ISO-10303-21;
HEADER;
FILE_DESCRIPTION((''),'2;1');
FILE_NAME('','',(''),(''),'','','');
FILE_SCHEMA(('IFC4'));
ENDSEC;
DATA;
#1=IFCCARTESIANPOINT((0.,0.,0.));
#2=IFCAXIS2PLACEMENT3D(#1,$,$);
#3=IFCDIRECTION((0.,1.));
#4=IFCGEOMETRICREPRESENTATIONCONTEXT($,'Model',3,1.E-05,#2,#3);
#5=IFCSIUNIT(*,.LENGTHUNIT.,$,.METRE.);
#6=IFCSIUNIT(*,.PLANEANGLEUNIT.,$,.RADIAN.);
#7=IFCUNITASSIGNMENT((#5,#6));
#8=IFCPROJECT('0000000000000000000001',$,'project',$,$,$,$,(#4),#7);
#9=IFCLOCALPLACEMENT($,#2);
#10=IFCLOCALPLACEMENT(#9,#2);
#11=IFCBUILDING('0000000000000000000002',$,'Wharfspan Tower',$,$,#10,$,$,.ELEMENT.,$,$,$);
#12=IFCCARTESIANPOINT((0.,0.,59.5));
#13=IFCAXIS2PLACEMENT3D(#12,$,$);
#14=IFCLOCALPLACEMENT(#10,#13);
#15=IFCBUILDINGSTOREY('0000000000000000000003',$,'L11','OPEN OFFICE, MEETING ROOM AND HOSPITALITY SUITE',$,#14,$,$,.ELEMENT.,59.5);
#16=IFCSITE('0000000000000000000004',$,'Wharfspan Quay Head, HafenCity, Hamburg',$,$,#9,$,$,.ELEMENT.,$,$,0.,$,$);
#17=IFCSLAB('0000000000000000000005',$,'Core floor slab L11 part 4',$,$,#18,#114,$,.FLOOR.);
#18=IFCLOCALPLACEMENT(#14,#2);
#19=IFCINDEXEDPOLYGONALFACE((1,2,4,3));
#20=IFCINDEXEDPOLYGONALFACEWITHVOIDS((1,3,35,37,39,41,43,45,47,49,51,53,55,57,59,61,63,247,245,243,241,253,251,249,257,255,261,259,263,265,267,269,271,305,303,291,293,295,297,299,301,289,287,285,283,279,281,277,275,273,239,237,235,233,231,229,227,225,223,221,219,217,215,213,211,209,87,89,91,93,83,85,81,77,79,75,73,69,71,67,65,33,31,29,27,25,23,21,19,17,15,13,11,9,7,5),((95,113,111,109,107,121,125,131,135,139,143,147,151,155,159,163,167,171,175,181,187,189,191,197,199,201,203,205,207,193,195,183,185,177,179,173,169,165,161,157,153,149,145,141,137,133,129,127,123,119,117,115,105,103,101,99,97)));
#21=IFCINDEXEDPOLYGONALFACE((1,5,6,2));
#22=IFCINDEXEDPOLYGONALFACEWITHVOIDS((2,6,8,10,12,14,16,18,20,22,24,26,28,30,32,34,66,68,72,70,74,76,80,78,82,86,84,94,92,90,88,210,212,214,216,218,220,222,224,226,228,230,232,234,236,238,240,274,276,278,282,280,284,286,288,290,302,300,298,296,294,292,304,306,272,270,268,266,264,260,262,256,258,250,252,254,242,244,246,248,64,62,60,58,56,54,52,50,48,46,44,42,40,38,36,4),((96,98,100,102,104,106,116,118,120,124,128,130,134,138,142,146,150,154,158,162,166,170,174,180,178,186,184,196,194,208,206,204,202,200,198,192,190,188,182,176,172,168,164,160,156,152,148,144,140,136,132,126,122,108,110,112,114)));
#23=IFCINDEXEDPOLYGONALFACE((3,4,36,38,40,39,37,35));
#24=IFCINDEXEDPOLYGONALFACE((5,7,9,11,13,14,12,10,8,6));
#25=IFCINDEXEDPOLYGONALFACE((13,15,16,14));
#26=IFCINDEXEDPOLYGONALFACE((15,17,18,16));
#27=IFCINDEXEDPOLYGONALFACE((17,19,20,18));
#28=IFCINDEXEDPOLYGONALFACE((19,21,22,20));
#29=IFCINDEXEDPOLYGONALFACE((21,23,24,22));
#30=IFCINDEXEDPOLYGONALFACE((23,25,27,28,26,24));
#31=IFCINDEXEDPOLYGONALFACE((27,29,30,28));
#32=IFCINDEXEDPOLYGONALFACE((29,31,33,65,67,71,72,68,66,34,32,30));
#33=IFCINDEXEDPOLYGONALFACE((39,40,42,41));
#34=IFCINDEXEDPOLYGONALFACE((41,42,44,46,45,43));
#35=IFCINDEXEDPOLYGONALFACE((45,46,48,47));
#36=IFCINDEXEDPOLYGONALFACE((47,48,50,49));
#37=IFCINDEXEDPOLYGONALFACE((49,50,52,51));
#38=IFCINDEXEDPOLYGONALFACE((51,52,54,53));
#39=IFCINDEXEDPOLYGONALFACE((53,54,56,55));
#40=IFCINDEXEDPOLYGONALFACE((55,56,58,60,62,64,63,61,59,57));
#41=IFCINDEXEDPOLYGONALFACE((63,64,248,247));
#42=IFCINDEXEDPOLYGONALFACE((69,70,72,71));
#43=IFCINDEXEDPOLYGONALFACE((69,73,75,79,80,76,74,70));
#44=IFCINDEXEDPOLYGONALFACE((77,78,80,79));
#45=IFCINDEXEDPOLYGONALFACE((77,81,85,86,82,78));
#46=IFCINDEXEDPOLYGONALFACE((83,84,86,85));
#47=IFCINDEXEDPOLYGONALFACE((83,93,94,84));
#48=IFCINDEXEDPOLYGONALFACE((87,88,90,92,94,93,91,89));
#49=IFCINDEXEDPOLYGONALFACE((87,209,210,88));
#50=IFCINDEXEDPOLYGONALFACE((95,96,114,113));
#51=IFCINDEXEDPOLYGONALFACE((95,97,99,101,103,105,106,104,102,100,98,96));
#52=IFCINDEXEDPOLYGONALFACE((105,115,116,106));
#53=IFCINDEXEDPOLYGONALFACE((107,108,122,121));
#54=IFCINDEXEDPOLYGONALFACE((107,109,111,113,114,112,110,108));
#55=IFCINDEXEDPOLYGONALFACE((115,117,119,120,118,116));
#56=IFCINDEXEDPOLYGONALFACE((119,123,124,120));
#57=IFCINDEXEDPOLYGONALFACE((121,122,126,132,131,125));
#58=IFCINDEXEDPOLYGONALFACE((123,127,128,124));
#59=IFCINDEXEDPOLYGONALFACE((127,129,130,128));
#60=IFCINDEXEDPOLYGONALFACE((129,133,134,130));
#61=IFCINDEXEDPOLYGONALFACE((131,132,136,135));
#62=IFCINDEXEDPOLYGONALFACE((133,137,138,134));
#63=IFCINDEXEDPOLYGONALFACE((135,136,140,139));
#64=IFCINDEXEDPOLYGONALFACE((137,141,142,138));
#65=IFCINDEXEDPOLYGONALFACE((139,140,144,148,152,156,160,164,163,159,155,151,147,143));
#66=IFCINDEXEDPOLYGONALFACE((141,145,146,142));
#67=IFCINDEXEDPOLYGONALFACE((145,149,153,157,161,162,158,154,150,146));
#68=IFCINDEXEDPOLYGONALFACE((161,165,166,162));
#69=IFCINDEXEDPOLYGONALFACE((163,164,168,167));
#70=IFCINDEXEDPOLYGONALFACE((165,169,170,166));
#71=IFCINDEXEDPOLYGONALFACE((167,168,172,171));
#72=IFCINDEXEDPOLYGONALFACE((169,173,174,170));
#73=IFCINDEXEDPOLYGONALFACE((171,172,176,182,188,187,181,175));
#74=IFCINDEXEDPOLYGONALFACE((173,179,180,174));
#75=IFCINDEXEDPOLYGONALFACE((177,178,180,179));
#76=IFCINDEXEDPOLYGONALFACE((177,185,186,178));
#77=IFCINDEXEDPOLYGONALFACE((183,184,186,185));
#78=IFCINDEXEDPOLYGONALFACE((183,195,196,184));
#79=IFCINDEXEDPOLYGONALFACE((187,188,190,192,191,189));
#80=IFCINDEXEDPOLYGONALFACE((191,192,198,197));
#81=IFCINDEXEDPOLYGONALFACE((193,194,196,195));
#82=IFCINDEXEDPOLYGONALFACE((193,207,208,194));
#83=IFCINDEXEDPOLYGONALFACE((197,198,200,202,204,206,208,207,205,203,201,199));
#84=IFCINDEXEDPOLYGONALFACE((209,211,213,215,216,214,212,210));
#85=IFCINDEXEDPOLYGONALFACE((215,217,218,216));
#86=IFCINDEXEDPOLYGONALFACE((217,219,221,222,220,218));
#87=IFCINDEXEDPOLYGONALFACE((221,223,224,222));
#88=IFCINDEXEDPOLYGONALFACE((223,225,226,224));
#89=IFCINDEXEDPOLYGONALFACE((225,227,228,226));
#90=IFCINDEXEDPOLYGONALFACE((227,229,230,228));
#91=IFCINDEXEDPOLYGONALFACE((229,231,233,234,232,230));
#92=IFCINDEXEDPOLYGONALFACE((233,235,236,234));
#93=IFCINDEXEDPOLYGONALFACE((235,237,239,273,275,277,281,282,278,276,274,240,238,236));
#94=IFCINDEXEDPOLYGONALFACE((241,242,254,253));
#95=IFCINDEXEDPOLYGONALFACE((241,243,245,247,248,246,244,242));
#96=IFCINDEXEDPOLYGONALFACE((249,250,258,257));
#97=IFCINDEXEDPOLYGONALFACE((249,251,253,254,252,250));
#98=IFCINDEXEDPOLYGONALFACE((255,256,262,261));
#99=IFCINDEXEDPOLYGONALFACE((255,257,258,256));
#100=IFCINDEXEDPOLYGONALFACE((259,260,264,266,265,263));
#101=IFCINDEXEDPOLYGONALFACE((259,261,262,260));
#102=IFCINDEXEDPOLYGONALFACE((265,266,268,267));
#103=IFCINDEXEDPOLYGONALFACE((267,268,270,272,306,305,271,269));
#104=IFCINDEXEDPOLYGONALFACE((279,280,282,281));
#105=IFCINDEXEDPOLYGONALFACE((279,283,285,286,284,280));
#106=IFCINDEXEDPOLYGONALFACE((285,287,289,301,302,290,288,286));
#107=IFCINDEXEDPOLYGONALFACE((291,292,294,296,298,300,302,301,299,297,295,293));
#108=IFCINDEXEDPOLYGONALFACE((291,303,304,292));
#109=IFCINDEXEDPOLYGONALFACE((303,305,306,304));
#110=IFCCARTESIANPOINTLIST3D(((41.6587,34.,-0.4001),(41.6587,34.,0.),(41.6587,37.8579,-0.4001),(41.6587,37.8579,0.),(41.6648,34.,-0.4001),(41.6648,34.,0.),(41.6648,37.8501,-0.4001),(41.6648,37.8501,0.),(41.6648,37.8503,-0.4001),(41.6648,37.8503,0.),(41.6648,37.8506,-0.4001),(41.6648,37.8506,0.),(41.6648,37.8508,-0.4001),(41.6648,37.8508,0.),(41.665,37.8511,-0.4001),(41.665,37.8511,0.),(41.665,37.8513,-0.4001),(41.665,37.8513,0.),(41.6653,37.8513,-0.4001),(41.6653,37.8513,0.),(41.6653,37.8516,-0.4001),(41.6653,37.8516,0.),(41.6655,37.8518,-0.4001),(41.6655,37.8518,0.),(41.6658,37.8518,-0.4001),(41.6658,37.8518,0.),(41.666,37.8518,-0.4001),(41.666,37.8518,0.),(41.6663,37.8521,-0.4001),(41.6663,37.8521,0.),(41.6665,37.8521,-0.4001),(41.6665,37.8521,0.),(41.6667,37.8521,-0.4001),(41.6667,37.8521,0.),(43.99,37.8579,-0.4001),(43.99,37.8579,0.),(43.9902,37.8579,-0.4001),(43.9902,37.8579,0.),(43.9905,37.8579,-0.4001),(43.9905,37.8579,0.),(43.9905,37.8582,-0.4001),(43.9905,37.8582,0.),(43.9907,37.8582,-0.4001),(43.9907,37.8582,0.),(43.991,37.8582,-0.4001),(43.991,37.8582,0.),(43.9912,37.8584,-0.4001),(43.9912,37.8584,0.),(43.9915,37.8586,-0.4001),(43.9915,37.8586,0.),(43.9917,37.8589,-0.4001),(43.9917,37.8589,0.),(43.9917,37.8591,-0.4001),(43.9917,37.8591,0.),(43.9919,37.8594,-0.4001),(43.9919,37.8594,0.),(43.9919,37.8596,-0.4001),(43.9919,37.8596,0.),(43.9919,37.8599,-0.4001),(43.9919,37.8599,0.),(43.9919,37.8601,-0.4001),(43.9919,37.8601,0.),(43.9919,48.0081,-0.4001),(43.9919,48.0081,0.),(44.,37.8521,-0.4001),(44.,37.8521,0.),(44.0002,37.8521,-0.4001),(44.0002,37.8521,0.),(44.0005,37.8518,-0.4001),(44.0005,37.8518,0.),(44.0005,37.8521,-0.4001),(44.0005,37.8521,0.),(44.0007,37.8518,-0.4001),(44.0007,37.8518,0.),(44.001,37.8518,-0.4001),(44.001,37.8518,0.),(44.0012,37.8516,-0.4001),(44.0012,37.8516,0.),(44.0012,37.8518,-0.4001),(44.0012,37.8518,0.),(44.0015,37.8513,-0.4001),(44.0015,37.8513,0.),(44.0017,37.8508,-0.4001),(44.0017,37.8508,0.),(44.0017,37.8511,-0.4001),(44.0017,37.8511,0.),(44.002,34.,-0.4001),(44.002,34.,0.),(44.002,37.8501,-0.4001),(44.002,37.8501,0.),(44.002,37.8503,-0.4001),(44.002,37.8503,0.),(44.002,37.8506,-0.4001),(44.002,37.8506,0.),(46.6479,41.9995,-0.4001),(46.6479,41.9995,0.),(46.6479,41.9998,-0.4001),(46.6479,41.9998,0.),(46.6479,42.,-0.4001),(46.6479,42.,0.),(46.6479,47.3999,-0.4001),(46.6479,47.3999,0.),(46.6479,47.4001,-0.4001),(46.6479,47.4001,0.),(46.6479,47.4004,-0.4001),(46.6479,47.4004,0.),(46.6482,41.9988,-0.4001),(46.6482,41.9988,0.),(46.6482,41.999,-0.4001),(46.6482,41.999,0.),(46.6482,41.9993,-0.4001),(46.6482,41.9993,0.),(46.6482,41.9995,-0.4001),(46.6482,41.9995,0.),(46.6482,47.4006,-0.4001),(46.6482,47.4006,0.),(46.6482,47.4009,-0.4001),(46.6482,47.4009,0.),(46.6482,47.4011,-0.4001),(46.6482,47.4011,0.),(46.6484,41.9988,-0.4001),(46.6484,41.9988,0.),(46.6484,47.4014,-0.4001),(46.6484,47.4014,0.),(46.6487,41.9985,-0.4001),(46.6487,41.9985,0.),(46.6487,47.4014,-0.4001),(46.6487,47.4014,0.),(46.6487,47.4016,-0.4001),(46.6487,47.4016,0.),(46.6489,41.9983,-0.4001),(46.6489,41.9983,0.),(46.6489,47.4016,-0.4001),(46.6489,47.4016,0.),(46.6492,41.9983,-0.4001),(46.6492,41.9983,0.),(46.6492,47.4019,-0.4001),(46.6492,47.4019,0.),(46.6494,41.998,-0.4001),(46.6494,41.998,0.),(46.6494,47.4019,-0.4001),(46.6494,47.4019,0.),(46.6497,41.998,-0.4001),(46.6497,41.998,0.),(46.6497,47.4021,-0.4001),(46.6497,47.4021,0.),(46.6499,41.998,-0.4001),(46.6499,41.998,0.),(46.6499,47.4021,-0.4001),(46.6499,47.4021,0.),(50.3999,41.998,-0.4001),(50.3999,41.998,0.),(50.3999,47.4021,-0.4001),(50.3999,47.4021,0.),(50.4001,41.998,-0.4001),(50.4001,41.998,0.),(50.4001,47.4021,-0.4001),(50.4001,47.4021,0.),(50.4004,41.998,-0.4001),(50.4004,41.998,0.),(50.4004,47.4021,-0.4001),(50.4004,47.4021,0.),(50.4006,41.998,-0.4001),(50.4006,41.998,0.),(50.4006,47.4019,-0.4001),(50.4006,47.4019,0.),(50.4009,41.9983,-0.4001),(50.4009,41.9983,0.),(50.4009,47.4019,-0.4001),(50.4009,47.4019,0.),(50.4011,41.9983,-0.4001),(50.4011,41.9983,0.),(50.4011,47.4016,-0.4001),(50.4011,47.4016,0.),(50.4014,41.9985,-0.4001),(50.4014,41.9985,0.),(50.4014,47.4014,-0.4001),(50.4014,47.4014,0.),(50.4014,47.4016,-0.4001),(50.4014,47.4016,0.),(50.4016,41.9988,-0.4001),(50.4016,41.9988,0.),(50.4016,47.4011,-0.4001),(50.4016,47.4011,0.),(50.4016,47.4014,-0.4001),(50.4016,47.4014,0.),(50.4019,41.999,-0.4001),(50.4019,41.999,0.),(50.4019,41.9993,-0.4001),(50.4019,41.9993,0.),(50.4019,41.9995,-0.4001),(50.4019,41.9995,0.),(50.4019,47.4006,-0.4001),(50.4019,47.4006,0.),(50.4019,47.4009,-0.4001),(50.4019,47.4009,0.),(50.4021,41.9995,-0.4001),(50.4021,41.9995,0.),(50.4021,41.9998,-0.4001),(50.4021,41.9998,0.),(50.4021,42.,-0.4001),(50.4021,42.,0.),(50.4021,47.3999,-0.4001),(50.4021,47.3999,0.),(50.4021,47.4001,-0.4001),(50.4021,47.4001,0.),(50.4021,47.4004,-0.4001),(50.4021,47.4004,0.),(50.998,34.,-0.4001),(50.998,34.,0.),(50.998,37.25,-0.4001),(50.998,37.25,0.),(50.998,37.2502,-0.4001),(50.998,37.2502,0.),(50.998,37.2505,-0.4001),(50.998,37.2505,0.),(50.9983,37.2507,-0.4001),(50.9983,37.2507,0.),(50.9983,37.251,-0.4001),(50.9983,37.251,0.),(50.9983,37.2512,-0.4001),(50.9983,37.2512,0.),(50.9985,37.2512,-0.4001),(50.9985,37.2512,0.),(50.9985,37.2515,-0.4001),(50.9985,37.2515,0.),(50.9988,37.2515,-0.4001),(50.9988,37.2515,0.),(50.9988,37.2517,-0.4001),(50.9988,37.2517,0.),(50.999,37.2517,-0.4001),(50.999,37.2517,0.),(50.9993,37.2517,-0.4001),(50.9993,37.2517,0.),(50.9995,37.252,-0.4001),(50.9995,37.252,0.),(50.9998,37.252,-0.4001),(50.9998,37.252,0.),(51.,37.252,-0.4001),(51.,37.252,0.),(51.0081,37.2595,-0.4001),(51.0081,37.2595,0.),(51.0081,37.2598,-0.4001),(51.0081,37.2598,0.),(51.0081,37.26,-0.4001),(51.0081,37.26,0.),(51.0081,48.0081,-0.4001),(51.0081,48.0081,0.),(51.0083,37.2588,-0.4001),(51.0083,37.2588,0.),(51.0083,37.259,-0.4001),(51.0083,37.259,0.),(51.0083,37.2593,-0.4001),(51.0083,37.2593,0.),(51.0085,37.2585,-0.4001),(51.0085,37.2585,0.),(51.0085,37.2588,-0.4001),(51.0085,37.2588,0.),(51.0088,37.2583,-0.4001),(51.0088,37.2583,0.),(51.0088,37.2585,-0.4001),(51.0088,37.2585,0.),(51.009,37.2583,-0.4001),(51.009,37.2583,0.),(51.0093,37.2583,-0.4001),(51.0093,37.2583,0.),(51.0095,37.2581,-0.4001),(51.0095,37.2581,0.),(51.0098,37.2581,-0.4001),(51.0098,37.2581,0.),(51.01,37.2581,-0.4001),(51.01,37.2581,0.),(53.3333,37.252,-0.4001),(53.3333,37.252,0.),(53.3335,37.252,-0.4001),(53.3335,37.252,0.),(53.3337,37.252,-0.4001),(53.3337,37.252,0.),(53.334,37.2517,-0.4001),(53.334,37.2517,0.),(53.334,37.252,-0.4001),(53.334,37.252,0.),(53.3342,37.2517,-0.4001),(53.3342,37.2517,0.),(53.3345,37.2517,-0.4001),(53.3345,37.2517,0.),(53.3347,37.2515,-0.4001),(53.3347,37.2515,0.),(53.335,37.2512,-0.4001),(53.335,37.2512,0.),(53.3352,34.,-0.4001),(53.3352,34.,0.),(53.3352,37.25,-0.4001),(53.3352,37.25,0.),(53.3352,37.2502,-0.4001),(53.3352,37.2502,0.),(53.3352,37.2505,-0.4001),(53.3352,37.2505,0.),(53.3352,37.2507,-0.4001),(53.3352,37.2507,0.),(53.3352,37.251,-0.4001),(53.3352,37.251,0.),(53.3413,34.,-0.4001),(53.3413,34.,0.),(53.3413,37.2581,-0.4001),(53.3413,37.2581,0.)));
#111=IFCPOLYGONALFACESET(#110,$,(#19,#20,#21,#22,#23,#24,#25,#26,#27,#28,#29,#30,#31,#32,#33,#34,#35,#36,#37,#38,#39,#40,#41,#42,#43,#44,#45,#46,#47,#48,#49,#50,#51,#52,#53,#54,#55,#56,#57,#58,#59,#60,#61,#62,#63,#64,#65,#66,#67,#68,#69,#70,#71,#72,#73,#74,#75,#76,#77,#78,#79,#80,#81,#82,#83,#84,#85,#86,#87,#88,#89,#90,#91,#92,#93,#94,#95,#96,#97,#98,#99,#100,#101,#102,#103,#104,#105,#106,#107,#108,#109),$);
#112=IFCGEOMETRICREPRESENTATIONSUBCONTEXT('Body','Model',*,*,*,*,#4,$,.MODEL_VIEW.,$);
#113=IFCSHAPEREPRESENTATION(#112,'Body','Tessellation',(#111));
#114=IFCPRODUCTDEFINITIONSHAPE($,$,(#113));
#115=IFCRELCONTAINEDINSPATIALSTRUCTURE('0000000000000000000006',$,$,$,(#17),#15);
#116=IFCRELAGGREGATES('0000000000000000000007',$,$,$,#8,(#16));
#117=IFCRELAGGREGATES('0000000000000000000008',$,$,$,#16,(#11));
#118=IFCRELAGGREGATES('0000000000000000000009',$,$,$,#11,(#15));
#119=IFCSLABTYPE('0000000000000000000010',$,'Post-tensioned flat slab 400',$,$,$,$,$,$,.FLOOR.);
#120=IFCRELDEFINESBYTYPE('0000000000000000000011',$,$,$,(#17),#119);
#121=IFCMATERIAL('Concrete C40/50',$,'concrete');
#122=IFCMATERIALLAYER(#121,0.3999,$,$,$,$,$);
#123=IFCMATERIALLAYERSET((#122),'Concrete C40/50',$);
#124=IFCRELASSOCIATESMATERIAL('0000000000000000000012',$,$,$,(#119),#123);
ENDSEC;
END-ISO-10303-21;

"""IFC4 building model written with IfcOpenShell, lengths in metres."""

from ifc_helpers import new_model, si_unit, direction, frame, origin, place, context, subcontext, project, spatial, polyline, outline, extrude, material, layer, layer_set, type_object, element, save


model = new_model("IFC4")

# Units and contexts
model_context = context("Model", 3, precision=1e-05, world=origin(), true_north=direction((0.0, 1.0)))
body_context = subcontext(model_context, "Body", "Model", "MODEL_VIEW")
ifc_project = project(units=[si_unit("LENGTHUNIT", "METRE"), si_unit("PLANEANGLEUNIT", "RADIAN")], contexts=[model_context])

# Site, building, storey
site_placement = place(None, origin())
site = spatial("IfcSite", under=ifc_project, at=site_placement, Name="Wharfspan Quay Head, HafenCity, Hamburg", CompositionType="ELEMENT", RefElevation=0.0)
building_placement = place(site_placement, origin())
building = spatial("IfcBuilding", under=site, at=building_placement, Name="Wharfspan Tower", CompositionType="ELEMENT")
storey_placement = place(building_placement, frame((0.0, 0.0, 59.5)))
storey = spatial("IfcBuildingStorey", under=building, at=storey_placement, Name="L11", Description="OPEN OFFICE, MEETING ROOM AND HOSPITALITY SUITE", CompositionType="ELEMENT", Elevation=59.5)

# Slab
ifc_material_1 = material(Name="Concrete C40/50", Category="concrete")
ifc_layer_1 = layer(ifc_material_1, 0.3999)
ifc_layer_set_1 = layer_set([ifc_layer_1], Name="Concrete C40/50")
slab_type = type_object("IfcSlabType", Name="Post-tensioned flat slab 400", PredefinedType="FLOOR", material=ifc_layer_set_1)
slab_1_placement = place(storey_placement, frame((0.0, 0.0, -0.4001)))
element("IfcSlab", 1, at=slab_1_placement, inside=storey, type_object=slab_type, Name="Core floor slab L11 part 4", PredefinedType="FLOOR", context=body_context, shape_type="SweptSolid", body=[
    extrude(outline(polyline([(53.3413, 34.0), (53.3413, 37.2581), (51.01, 37.2581), (51.0098, 37.2581), (51.0095, 37.2581), (51.0095, 37.2581), (51.0093, 37.2583), (51.009, 37.2583), (51.0088, 37.2583), (51.0088, 37.2585), (51.0085, 37.2585), (51.0085, 37.2588), (51.0083, 37.2588), (51.0083, 37.259), (51.0083, 37.2593), (51.0081, 37.2595), (51.0081, 37.2595), (51.0081, 37.2598), (51.0081, 37.26), (51.0081, 48.0081), (43.9919, 48.0081), (43.9919, 37.8601), (43.9919, 37.8599), (43.9919, 37.8596), (43.9919, 37.8594), (43.9917, 37.8591), (43.9917, 37.8591), (43.9917, 37.8589), (43.9915, 37.8586), (43.9915, 37.8586), (43.9912, 37.8584), (43.9912, 37.8584), (43.991, 37.8582), (43.9907, 37.8582), (43.9905, 37.8582), (43.9905, 37.8579), (43.9902, 37.8579), (43.99, 37.8579), (41.6587, 37.8579), (41.6587, 34.0), (41.6648, 34.0), (41.6648, 37.8501), (41.6648, 37.8501), (41.6648, 37.8503), (41.6648, 37.8506), (41.6648, 37.8508), (41.6648, 37.8508), (41.665, 37.8511), (41.665, 37.8513), (41.6653, 37.8513), (41.6653, 37.8516), (41.6655, 37.8518), (41.6658, 37.8518), (41.666, 37.8518), (41.666, 37.8518), (41.6663, 37.8521), (41.6665, 37.8521), (41.6667, 37.8521), (44.0, 37.8521), (44.0002, 37.8521), (44.0005, 37.8521), (44.0005, 37.8518), (44.0007, 37.8518), (44.001, 37.8518), (44.0012, 37.8518), (44.0012, 37.8516), (44.0015, 37.8513), (44.0015, 37.8513), (44.0017, 37.8511), (44.0017, 37.8508), (44.0017, 37.8508), (44.002, 37.8506), (44.002, 37.8503), (44.002, 37.8501), (44.002, 37.8501), (44.002, 34.0), (50.998, 34.0), (50.998, 37.25), (50.998, 37.2502), (50.998, 37.2505), (50.998, 37.2505), (50.9983, 37.2507), (50.9983, 37.251), (50.9983, 37.2512), (50.9985, 37.2512), (50.9985, 37.2515), (50.9988, 37.2515), (50.9988, 37.2517), (50.999, 37.2517), (50.9993, 37.2517), (50.9995, 37.252), (50.9995, 37.252), (50.9998, 37.252), (51.0, 37.252), (53.3333, 37.252), (53.3335, 37.252), (53.3337, 37.252), (53.334, 37.252), (53.334, 37.2517), (53.3342, 37.2517), (53.3345, 37.2517), (53.3347, 37.2515), (53.3347, 37.2515), (53.335, 37.2512), (53.335, 37.2512), (53.3352, 37.251), (53.3352, 37.2507), (53.3352, 37.2505), (53.3352, 37.2505), (53.3352, 37.2502), (53.3352, 37.25), (53.3352, 34.0), (53.3413, 34.0)]), holes=[polyline([(46.6499, 41.998), (46.6499, 41.998), (46.6497, 41.998), (46.6494, 41.998), (46.6492, 41.9983), (46.6492, 41.9983), (46.6489, 41.9983), (46.6487, 41.9985), (46.6487, 41.9985), (46.6484, 41.9988), (46.6482, 41.9988), (46.6482, 41.999), (46.6482, 41.9993), (46.6482, 41.9995), (46.6479, 41.9995), (46.6479, 41.9998), (46.6479, 42.0), (46.6479, 47.3999), (46.6479, 47.4001), (46.6479, 47.4004), (46.6482, 47.4006), (46.6482, 47.4009), (46.6482, 47.4009), (46.6482, 47.4011), (46.6484, 47.4014), (46.6487, 47.4014), (46.6487, 47.4016), (46.6489, 47.4016), (46.6492, 47.4019), (46.6492, 47.4019), (46.6494, 47.4019), (46.6497, 47.4021), (46.6499, 47.4021), (46.6499, 47.4021), (50.3999, 47.4021), (50.4001, 47.4021), (50.4004, 47.4021), (50.4006, 47.4019), (50.4009, 47.4019), (50.4009, 47.4019), (50.4011, 47.4016), (50.4014, 47.4016), (50.4014, 47.4014), (50.4016, 47.4014), (50.4016, 47.4011), (50.4019, 47.4009), (50.4019, 47.4009), (50.4019, 47.4006), (50.4021, 47.4004), (50.4021, 47.4001), (50.4021, 47.3999), (50.4021, 42.0), (50.4021, 41.9998), (50.4021, 41.9995), (50.4019, 41.9995), (50.4019, 41.9993), (50.4019, 41.999), (50.4016, 41.9988), (50.4016, 41.9988), (50.4014, 41.9985), (50.4014, 41.9985), (50.4011, 41.9983), (50.4009, 41.9983), (50.4009, 41.9983), (50.4006, 41.998), (50.4004, 41.998), (50.4001, 41.998), (50.3999, 41.998), (46.6499, 41.998)])]), origin(), (0.0, 0.0, 1.0), 0.4001),
])

save(model, "model.ifc")
